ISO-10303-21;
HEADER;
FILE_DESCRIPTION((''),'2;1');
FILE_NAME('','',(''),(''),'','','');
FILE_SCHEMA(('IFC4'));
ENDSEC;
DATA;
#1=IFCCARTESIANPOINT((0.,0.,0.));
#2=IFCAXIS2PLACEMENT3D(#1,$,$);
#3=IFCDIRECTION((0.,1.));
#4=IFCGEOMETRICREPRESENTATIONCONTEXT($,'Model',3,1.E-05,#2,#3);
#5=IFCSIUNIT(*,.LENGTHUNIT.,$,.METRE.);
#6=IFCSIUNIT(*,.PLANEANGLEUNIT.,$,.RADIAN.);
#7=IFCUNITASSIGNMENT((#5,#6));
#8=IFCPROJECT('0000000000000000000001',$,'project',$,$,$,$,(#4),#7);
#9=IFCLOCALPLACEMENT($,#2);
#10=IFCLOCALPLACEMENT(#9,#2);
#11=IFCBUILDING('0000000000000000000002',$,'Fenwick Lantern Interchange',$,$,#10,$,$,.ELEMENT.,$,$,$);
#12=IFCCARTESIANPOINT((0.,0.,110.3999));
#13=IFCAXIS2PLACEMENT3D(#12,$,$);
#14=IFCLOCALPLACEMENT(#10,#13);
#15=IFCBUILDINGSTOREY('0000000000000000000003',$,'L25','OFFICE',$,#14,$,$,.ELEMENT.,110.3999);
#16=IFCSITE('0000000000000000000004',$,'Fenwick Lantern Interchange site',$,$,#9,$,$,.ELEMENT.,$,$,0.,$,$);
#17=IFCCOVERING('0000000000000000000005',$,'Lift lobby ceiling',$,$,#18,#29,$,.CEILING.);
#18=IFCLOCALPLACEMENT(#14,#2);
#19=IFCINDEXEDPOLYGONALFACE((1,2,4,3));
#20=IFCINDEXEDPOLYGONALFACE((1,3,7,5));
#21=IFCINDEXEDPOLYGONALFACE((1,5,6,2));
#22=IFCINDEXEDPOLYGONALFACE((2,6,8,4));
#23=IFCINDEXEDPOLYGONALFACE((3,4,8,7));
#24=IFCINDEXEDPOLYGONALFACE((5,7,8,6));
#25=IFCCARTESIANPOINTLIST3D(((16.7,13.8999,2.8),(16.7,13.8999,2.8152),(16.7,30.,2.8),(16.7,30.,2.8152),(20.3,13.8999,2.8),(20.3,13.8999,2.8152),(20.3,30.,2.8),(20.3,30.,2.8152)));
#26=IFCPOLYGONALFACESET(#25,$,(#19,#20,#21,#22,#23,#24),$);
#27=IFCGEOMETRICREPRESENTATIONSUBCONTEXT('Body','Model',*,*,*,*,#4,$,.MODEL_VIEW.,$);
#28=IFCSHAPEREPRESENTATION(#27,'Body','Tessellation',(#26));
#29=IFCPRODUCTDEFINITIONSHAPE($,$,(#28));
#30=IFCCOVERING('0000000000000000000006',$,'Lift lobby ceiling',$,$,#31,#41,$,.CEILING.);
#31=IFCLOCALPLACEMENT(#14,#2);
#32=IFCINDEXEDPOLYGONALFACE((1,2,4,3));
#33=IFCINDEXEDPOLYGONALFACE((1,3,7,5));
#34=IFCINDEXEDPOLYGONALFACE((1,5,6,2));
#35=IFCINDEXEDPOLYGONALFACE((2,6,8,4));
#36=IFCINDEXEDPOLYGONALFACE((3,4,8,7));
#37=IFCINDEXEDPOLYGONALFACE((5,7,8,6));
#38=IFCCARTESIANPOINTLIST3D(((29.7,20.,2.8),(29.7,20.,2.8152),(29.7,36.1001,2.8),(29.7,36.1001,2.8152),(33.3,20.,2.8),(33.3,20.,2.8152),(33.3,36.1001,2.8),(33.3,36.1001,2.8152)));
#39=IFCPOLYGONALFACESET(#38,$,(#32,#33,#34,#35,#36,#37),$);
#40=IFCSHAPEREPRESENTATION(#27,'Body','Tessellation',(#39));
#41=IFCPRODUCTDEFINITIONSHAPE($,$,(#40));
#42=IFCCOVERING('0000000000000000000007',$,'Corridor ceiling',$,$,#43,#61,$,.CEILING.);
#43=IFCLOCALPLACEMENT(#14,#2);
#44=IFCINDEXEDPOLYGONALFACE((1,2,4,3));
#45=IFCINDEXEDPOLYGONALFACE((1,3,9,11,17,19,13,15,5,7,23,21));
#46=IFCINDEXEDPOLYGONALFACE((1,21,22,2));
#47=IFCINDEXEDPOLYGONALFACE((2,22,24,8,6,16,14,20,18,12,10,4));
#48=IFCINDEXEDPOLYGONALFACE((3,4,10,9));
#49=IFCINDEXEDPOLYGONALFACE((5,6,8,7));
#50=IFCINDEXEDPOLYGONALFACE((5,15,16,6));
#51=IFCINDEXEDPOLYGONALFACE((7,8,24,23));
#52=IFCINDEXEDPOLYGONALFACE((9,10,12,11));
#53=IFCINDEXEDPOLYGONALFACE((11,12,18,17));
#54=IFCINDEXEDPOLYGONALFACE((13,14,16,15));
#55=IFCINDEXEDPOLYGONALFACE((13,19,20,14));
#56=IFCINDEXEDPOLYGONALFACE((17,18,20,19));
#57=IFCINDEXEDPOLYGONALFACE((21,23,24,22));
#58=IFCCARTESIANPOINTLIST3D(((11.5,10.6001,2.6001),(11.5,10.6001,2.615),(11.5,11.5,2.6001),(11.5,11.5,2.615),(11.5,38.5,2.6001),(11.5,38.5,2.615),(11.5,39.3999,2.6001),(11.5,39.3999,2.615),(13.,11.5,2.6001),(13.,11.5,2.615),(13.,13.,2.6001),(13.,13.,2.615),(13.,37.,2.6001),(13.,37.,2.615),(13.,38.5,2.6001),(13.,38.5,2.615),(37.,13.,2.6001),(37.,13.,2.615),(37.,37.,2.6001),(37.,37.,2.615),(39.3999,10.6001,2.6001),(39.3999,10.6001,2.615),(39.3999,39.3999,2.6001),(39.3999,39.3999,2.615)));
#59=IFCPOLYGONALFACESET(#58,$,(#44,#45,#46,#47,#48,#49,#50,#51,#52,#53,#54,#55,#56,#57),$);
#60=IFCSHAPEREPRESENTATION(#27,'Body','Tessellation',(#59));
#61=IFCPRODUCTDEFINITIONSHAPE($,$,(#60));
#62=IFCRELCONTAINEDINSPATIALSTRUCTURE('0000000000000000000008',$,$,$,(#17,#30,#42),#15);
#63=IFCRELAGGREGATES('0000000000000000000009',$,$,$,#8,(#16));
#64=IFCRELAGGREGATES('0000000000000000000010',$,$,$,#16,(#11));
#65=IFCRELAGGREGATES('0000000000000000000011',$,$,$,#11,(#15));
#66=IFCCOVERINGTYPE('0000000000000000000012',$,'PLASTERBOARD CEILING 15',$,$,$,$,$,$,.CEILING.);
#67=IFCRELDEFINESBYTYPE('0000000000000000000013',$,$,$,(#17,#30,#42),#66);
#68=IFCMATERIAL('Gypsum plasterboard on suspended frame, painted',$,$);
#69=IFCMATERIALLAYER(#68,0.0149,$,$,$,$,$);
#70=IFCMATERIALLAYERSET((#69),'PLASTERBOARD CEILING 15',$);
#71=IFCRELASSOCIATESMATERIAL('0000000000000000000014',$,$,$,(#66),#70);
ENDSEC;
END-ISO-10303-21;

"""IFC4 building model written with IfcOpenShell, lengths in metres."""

from ifc_helpers import new_model, si_unit, direction, frame, origin, place, context, subcontext, project, spatial, polyline, outline, extrude, material, layer, layer_set, type_object, element, save


model = new_model("IFC4")

# Units and contexts
model_context = context("Model", 3, precision=1e-05, world=origin(), true_north=direction((0.0, 1.0)))
body_context = subcontext(model_context, "Body", "Model", "MODEL_VIEW")
ifc_project = project(units=[si_unit("LENGTHUNIT", "METRE"), si_unit("PLANEANGLEUNIT", "RADIAN")], contexts=[model_context])

# Site, building, storey
site_placement = place(None, origin())
site = spatial("IfcSite", under=ifc_project, at=site_placement, Name="Fenwick Lantern Interchange site", CompositionType="ELEMENT", RefElevation=0.0)
building_placement = place(site_placement, origin())
building = spatial("IfcBuilding", under=site, at=building_placement, Name="Fenwick Lantern Interchange", CompositionType="ELEMENT")
storey_placement = place(building_placement, frame((0.0, 0.0, 110.3999)))
storey = spatial("IfcBuildingStorey", under=building, at=storey_placement, Name="L25", Description="OFFICE", CompositionType="ELEMENT", Elevation=110.3999)

# Coverings
ifc_material_1 = material(Name="Gypsum plasterboard on suspended frame, painted")
ifc_layer_1 = layer(ifc_material_1, 0.0149)
ifc_layer_set_1 = layer_set([ifc_layer_1], Name="PLASTERBOARD CEILING 15")
covering_type_1 = type_object("IfcCoveringType", Name="PLASTERBOARD CEILING 15", PredefinedType="CEILING", material=ifc_layer_set_1)
covering_1_placement = place(storey_placement, frame((0.0, 0.0, 2.8)))
element("IfcCovering", 1, at=covering_1_placement, inside=storey, type_object=covering_type_1, Name="Lift lobby ceiling", PredefinedType="CEILING", context=body_context, shape_type="SweptSolid", body=[
    extrude(outline(polyline([(16.7, 13.8999), (20.3, 13.8999), (20.3, 30.0), (16.7, 30.0), (16.7, 13.8999)])), origin(), (0.0, 0.0, 1.0), 0.0151),
])
covering_2_placement = place(storey_placement, frame((0.0, 0.0, 2.8)))
element("IfcCovering", 2, at=covering_2_placement, inside=storey, type_object=covering_type_1, Name="Lift lobby ceiling", PredefinedType="CEILING", context=body_context, shape_type="SweptSolid", body=[
    extrude(outline(polyline([(33.3, 36.1001), (29.7, 36.1001), (29.7, 20.0), (33.3, 20.0), (33.3, 36.1001)])), origin(), (0.0, 0.0, 1.0), 0.0151),
])
covering_3_placement = place(storey_placement, frame((0.0, 0.0, 2.6001)))
element("IfcCovering", 3, at=covering_3_placement, inside=storey, type_object=covering_type_1, Name="Corridor ceiling", PredefinedType="CEILING", context=body_context, shape_type="SweptSolid", body=[
    extrude(outline(polyline([(11.5, 11.5), (11.5, 10.6001), (39.3999, 10.6001), (39.3999, 39.3999), (11.5, 39.3999), (11.5, 38.5), (13.0, 38.5), (13.0, 37.0), (37.0, 37.0), (37.0, 13.0), (13.0, 13.0), (13.0, 11.5), (11.5, 11.5)])), origin(), (0.0, 0.0, 1.0), 0.0149),
])

save(model, "model.ifc")
